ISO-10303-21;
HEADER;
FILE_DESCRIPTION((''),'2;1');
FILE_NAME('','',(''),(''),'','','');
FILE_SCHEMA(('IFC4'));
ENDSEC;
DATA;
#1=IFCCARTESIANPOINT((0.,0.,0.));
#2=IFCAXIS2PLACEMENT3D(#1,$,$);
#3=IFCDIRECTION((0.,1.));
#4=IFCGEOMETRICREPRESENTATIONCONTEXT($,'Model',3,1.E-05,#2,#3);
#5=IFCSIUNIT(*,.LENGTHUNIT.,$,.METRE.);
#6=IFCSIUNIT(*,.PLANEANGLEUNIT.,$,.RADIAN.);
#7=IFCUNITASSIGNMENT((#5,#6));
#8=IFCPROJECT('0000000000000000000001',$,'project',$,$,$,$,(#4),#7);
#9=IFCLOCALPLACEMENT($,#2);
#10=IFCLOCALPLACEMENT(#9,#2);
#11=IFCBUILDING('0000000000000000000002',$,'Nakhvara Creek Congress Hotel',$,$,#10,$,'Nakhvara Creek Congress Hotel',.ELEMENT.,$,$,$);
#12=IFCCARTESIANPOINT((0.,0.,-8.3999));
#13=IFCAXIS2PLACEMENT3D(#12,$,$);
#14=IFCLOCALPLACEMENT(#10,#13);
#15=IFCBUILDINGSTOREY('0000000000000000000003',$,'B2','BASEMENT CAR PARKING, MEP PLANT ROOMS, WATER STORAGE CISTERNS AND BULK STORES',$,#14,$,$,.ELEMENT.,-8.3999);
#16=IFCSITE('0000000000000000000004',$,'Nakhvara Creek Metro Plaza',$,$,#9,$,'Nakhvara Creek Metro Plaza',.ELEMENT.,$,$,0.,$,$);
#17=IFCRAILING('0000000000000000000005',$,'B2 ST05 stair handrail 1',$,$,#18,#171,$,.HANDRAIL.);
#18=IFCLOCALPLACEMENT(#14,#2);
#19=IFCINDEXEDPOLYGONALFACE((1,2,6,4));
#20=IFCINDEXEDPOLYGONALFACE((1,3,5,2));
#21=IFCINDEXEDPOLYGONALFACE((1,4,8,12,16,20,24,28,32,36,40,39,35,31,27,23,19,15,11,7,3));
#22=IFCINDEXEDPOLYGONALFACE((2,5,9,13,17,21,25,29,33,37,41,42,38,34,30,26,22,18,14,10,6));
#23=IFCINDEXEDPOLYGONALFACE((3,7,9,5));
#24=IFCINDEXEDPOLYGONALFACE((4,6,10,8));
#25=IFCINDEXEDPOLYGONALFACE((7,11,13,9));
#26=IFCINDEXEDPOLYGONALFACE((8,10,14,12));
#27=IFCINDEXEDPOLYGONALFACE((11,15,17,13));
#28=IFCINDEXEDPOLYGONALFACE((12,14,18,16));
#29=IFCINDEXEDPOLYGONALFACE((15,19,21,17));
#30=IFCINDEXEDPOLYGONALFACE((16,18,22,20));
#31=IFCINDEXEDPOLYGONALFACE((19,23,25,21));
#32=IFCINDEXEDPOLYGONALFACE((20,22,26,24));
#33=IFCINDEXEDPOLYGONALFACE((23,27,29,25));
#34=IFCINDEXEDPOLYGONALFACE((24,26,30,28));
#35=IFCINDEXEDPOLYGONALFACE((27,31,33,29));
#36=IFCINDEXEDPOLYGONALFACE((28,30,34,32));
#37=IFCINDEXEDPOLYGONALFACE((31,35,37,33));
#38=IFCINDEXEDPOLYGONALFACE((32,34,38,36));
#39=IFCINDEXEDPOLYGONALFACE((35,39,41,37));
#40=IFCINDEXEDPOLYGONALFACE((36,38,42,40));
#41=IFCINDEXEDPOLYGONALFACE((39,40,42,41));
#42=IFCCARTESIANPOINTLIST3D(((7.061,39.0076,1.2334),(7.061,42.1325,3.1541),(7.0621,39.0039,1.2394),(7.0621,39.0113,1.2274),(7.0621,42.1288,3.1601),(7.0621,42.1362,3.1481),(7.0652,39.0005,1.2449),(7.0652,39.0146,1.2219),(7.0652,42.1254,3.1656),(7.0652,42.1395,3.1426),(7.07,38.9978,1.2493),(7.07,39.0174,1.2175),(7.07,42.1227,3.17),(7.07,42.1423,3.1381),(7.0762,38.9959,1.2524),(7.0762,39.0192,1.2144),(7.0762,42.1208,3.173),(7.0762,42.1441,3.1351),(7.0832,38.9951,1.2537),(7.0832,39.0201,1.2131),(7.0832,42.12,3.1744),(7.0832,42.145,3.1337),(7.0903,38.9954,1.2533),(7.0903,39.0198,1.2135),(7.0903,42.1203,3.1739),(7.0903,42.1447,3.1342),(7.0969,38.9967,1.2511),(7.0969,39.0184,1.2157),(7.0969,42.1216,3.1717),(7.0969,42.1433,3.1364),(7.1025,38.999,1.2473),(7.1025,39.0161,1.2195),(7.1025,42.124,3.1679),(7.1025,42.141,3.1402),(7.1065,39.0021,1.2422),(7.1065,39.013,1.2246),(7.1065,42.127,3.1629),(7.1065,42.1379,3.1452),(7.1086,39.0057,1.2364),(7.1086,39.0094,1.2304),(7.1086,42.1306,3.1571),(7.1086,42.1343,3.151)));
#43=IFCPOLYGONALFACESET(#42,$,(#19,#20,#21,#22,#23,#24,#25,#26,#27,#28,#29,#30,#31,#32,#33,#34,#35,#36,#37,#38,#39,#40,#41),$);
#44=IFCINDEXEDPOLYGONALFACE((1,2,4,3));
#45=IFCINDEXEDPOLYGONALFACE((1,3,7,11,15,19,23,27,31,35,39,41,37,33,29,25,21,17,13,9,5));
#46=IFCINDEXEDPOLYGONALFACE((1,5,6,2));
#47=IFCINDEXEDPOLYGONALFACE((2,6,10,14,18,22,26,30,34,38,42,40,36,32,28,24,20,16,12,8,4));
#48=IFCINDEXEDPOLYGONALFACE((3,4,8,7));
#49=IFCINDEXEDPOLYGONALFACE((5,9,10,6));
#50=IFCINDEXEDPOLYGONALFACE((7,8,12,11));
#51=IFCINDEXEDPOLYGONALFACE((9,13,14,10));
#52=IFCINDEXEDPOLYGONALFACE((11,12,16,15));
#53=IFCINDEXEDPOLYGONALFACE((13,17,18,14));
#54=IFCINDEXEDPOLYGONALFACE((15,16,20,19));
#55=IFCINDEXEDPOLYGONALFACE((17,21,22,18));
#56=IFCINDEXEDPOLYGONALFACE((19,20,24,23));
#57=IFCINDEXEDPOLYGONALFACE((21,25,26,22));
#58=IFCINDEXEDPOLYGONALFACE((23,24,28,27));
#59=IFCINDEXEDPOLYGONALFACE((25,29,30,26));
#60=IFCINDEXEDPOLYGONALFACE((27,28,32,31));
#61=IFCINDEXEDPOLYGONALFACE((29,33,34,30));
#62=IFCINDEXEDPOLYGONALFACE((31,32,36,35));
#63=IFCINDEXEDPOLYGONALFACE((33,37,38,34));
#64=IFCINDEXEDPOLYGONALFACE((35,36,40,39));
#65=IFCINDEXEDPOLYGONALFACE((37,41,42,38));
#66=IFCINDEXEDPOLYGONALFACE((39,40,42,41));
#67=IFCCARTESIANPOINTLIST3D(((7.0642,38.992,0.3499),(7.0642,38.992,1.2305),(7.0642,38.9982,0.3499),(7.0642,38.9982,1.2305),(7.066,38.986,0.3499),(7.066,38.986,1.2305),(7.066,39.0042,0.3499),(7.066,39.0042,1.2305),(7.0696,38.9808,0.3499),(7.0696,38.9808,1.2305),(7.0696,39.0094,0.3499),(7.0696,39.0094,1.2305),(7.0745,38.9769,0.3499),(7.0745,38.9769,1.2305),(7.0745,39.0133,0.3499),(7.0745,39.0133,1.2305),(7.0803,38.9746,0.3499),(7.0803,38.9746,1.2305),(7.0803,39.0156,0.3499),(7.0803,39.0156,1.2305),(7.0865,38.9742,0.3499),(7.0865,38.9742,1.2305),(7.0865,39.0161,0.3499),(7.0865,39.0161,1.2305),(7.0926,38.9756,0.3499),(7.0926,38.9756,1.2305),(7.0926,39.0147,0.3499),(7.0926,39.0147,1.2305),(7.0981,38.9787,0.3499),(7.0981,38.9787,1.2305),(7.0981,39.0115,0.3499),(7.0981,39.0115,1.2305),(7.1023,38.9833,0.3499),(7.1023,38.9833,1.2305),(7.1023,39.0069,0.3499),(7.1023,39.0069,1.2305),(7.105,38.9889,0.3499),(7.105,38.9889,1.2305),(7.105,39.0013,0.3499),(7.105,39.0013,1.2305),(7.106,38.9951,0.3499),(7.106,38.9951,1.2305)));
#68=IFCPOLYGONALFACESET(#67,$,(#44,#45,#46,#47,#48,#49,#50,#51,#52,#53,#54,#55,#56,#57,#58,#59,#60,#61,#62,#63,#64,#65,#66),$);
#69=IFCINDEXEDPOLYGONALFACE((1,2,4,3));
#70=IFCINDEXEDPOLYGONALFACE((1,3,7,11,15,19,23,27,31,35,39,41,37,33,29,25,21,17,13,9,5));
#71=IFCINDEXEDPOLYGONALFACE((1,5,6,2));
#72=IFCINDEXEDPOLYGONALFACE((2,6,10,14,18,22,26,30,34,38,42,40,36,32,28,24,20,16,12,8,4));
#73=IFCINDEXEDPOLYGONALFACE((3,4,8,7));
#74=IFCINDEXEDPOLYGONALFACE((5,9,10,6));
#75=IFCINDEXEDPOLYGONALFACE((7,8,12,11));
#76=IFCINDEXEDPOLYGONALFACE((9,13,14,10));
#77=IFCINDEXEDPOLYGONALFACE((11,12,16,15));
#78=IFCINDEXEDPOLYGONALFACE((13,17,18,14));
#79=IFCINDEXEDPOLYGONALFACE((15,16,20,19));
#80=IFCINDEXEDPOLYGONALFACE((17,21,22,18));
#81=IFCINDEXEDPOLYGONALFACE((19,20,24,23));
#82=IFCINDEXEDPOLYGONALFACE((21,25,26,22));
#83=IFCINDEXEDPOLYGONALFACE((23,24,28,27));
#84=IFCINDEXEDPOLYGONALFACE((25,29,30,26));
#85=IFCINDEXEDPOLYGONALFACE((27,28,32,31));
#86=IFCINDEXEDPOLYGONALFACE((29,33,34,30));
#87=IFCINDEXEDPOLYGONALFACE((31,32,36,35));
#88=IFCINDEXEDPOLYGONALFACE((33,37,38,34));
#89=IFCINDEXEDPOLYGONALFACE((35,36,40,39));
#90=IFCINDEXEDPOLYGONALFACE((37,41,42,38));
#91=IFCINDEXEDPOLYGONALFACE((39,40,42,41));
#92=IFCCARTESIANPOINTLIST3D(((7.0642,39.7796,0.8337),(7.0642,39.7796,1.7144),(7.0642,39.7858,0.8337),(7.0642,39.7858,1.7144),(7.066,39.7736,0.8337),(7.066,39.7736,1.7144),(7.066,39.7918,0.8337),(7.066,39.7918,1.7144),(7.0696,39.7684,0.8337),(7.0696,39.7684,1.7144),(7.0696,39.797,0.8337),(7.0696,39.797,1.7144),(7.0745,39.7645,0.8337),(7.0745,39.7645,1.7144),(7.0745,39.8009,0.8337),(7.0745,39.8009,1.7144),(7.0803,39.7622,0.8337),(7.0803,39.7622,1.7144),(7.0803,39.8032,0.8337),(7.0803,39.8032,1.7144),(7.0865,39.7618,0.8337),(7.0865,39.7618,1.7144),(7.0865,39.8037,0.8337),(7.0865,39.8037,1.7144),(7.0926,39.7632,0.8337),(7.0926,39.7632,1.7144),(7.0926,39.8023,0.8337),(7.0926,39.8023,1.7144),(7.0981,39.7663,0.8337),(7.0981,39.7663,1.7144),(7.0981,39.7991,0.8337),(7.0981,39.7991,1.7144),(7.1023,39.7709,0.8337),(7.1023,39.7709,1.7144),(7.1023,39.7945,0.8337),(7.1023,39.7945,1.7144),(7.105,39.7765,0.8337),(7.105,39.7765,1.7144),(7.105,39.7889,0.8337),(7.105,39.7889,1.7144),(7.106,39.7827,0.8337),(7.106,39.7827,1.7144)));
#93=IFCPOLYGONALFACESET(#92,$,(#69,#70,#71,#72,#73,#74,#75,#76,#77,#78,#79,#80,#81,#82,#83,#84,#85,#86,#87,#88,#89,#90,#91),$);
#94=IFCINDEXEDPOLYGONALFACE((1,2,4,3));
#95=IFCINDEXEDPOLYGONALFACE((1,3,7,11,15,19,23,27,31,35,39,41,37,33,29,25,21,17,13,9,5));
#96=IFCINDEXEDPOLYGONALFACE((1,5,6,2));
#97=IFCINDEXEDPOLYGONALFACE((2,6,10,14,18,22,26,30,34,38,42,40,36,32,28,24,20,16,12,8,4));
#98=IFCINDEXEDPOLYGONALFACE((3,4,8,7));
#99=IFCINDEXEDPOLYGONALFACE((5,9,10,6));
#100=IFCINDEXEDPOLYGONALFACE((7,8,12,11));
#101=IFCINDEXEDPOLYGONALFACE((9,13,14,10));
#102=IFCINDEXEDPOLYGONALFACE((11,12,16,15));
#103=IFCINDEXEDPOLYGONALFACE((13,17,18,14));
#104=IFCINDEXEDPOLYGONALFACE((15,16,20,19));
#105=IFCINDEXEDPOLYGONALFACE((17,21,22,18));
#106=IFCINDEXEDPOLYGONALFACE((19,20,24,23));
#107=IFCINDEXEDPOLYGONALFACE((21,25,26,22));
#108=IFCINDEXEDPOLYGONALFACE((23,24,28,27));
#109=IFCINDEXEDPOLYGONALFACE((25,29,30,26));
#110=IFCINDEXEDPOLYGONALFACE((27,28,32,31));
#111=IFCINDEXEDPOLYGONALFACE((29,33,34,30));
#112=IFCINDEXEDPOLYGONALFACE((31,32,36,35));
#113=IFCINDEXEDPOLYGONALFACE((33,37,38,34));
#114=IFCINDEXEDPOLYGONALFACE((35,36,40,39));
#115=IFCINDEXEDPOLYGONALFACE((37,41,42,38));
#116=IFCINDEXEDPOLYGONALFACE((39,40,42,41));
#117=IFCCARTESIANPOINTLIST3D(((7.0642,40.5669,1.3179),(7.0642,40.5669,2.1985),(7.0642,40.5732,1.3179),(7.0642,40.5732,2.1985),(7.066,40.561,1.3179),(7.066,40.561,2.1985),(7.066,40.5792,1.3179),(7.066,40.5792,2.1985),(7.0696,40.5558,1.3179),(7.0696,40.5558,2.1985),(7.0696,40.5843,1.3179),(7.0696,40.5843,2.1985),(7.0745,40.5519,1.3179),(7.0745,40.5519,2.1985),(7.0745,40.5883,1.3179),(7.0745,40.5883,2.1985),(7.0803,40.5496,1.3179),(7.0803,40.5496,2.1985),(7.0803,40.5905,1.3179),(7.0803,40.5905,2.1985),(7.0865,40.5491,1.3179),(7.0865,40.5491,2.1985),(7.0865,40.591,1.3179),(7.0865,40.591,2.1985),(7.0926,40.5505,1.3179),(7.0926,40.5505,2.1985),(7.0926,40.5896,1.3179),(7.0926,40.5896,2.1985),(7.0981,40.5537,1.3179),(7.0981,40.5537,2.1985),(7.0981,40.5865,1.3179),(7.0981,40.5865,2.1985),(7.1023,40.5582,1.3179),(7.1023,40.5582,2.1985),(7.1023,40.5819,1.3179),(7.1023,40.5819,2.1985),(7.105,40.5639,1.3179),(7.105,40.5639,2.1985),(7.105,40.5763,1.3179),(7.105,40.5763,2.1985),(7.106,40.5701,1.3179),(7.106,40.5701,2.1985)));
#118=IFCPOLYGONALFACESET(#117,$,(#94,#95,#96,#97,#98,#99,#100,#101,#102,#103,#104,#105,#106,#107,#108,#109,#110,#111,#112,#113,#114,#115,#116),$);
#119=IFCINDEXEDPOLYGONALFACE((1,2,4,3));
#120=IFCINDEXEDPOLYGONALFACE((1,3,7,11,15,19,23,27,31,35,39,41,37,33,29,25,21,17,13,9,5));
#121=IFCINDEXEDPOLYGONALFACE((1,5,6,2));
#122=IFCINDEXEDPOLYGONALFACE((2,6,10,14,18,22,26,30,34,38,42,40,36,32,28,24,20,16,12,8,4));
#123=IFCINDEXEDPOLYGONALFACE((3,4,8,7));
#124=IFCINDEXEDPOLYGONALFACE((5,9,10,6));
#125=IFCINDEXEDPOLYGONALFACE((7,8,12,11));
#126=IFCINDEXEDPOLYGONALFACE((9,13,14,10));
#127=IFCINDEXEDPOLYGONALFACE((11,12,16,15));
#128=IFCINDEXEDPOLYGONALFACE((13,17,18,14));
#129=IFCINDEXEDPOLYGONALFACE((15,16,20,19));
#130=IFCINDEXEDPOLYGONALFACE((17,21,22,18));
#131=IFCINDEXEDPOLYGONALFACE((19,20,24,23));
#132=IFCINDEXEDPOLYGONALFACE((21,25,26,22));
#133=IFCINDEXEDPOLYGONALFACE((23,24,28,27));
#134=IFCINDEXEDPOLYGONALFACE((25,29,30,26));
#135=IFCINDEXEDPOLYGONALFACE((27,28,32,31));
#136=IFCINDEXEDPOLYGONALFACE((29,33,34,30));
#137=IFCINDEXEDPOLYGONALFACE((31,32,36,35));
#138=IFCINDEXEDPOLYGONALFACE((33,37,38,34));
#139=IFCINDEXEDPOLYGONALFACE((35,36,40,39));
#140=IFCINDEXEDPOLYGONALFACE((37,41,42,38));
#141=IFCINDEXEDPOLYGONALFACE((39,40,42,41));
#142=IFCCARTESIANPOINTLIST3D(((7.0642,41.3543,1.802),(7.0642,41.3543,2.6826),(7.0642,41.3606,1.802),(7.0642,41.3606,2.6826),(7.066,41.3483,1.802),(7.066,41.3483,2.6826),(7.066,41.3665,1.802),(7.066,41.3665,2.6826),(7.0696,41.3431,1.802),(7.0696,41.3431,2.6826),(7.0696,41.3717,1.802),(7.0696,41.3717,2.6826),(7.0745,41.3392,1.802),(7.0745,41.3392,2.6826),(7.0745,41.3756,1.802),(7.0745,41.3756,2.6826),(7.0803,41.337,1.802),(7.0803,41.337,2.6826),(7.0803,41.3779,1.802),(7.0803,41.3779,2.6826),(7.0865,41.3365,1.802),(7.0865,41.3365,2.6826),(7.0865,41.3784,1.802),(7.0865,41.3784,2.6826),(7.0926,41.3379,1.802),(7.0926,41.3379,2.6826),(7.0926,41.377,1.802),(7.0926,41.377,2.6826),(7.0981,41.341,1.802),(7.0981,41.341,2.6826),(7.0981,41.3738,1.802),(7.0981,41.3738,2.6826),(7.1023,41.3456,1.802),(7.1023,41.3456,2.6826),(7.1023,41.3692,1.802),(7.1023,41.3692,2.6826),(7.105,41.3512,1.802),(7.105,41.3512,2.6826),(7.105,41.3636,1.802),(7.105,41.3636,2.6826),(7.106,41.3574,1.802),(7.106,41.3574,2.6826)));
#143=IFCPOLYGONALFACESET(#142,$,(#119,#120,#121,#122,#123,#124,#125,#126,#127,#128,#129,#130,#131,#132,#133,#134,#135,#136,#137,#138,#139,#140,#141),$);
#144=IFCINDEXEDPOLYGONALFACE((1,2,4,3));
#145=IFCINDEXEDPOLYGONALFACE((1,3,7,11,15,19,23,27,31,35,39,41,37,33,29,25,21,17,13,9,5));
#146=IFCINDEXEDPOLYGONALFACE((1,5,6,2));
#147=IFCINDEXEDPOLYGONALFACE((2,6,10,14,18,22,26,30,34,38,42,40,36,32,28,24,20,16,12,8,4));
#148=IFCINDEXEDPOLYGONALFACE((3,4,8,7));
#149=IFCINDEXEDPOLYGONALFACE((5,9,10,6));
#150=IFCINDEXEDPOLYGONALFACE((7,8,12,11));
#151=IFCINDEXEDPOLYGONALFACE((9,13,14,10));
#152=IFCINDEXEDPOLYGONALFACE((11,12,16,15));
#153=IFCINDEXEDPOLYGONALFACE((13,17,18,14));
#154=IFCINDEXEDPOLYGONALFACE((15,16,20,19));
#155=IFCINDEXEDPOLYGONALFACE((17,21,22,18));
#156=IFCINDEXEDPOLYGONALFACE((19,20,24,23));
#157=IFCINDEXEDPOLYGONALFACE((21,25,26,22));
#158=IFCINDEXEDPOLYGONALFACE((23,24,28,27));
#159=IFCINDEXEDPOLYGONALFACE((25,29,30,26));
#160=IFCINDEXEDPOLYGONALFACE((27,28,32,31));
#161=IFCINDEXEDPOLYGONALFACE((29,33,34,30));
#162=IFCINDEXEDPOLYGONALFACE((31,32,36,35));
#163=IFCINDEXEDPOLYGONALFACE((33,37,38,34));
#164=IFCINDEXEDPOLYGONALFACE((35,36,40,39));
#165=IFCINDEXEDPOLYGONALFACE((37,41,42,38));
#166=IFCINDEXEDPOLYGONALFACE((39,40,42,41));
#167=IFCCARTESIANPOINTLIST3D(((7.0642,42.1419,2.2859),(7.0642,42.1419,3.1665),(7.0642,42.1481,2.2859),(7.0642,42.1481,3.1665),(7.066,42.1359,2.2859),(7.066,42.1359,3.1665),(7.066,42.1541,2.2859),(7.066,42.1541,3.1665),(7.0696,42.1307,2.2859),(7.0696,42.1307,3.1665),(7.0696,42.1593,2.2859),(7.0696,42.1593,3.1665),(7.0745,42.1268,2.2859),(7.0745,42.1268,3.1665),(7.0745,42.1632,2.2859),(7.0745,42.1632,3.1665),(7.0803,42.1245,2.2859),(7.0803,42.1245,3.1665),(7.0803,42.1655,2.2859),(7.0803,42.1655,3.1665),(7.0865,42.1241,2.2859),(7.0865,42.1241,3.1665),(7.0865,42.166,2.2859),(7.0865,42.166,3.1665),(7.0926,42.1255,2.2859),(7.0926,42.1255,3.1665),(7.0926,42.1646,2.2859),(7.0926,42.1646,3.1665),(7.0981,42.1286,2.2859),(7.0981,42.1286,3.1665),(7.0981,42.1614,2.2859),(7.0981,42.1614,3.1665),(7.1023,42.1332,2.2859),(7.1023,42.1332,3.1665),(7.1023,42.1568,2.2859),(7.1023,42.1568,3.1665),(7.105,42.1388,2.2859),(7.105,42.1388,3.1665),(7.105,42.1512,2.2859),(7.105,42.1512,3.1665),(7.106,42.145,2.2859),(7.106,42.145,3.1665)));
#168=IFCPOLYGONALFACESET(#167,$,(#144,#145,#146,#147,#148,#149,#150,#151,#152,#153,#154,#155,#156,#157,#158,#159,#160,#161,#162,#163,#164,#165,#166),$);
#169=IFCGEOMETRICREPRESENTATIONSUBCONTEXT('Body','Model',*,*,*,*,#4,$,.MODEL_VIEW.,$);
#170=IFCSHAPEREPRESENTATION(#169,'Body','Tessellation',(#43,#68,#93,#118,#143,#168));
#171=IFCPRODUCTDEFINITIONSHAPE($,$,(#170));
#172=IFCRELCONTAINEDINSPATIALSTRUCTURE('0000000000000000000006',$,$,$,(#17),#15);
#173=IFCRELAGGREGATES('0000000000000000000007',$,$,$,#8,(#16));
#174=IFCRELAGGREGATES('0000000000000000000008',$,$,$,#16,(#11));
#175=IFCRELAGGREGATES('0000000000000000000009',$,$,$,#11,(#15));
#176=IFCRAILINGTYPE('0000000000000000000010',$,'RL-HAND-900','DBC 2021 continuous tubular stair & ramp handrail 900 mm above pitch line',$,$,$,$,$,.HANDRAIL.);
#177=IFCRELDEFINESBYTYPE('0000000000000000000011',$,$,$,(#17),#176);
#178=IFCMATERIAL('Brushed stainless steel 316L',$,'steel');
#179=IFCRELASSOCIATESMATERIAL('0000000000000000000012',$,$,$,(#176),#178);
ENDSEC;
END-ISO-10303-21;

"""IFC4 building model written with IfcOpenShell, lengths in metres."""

from ifc_helpers import new_model, si_unit, direction, frame, origin, origin_2d, place, context, subcontext, project, spatial, circle, extrude, material, type_object, element, save


model = new_model("IFC4")

# Units and contexts
model_context = context("Model", 3, precision=1e-05, world=origin(), true_north=direction((0.0, 1.0)))
body_context = subcontext(model_context, "Body", "Model", "MODEL_VIEW")
ifc_project = project(units=[si_unit("LENGTHUNIT", "METRE"), si_unit("PLANEANGLEUNIT", "RADIAN")], contexts=[model_context])

# Site, building, storey
site_placement = place(None, origin())
site = spatial("IfcSite", under=ifc_project, at=site_placement, Name="Nakhvara Creek Metro Plaza", LongName="Nakhvara Creek Metro Plaza", CompositionType="ELEMENT", RefElevation=0.0)
building_placement = place(site_placement, origin())
building = spatial("IfcBuilding", under=site, at=building_placement, Name="Nakhvara Creek Congress Hotel", LongName="Nakhvara Creek Congress Hotel", CompositionType="ELEMENT")
storey_placement = place(building_placement, frame((0.0, 0.0, -8.3999)))
storey = spatial("IfcBuildingStorey", under=building, at=storey_placement, Name="B2", Description="BASEMENT CAR PARKING, MEP PLANT ROOMS, WATER STORAGE CISTERNS AND BULK STORES", CompositionType="ELEMENT", Elevation=-8.3999)

# Railing
ifc_material_1 = material(Name="Brushed stainless steel 316L", Category="steel")
railing_type_1 = type_object("IfcRailingType", Name="RL-HAND-900", Description="DBC 2021 continuous tubular stair & ramp handrail 900 mm above pitch line", PredefinedType="HANDRAIL", material=ifc_material_1)
railing_1_placement = place(storey_placement, frame((7.085, 38.9951, 0.3499)))
element("IfcRailing", 1, at=railing_1_placement, inside=storey, type_object=railing_type_1, Name="B2 ST05 stair handrail 1", PredefinedType="HANDRAIL", context=body_context, shape_type="SweptSolid", body=[
    extrude(circle(Radius=0.0239, at=origin_2d()), frame((0.0, 0.0125, 0.8835), z_axis=(0.0, 0.851944, 0.523633), x_axis=(-1.0, 0.0, 0.0)), (0.0, 0.0, 1.0), 3.668),
    extrude(circle(Radius=0.021, at=origin_2d()), origin(), (0.0, 0.0, 1.0), 0.8806),
    extrude(circle(Radius=0.021, at=origin_2d()), frame((0.0, 0.7876, 0.4839)), (0.0, 0.0, 1.0), 0.8806),
    extrude(circle(Radius=0.021, at=origin_2d()), frame((0.0, 1.575, 0.968)), (0.0, 0.0, 1.0), 0.8806),
    extrude(circle(Radius=0.021, at=origin_2d()), frame((0.0, 2.3623, 1.4521)), (0.0, 0.0, 1.0), 0.8806),
    extrude(circle(Radius=0.021, at=origin_2d()), frame((0.0, 3.1499, 1.936)), (0.0, 0.0, 1.0), 0.8806),
])

save(model, "model.ifc")
